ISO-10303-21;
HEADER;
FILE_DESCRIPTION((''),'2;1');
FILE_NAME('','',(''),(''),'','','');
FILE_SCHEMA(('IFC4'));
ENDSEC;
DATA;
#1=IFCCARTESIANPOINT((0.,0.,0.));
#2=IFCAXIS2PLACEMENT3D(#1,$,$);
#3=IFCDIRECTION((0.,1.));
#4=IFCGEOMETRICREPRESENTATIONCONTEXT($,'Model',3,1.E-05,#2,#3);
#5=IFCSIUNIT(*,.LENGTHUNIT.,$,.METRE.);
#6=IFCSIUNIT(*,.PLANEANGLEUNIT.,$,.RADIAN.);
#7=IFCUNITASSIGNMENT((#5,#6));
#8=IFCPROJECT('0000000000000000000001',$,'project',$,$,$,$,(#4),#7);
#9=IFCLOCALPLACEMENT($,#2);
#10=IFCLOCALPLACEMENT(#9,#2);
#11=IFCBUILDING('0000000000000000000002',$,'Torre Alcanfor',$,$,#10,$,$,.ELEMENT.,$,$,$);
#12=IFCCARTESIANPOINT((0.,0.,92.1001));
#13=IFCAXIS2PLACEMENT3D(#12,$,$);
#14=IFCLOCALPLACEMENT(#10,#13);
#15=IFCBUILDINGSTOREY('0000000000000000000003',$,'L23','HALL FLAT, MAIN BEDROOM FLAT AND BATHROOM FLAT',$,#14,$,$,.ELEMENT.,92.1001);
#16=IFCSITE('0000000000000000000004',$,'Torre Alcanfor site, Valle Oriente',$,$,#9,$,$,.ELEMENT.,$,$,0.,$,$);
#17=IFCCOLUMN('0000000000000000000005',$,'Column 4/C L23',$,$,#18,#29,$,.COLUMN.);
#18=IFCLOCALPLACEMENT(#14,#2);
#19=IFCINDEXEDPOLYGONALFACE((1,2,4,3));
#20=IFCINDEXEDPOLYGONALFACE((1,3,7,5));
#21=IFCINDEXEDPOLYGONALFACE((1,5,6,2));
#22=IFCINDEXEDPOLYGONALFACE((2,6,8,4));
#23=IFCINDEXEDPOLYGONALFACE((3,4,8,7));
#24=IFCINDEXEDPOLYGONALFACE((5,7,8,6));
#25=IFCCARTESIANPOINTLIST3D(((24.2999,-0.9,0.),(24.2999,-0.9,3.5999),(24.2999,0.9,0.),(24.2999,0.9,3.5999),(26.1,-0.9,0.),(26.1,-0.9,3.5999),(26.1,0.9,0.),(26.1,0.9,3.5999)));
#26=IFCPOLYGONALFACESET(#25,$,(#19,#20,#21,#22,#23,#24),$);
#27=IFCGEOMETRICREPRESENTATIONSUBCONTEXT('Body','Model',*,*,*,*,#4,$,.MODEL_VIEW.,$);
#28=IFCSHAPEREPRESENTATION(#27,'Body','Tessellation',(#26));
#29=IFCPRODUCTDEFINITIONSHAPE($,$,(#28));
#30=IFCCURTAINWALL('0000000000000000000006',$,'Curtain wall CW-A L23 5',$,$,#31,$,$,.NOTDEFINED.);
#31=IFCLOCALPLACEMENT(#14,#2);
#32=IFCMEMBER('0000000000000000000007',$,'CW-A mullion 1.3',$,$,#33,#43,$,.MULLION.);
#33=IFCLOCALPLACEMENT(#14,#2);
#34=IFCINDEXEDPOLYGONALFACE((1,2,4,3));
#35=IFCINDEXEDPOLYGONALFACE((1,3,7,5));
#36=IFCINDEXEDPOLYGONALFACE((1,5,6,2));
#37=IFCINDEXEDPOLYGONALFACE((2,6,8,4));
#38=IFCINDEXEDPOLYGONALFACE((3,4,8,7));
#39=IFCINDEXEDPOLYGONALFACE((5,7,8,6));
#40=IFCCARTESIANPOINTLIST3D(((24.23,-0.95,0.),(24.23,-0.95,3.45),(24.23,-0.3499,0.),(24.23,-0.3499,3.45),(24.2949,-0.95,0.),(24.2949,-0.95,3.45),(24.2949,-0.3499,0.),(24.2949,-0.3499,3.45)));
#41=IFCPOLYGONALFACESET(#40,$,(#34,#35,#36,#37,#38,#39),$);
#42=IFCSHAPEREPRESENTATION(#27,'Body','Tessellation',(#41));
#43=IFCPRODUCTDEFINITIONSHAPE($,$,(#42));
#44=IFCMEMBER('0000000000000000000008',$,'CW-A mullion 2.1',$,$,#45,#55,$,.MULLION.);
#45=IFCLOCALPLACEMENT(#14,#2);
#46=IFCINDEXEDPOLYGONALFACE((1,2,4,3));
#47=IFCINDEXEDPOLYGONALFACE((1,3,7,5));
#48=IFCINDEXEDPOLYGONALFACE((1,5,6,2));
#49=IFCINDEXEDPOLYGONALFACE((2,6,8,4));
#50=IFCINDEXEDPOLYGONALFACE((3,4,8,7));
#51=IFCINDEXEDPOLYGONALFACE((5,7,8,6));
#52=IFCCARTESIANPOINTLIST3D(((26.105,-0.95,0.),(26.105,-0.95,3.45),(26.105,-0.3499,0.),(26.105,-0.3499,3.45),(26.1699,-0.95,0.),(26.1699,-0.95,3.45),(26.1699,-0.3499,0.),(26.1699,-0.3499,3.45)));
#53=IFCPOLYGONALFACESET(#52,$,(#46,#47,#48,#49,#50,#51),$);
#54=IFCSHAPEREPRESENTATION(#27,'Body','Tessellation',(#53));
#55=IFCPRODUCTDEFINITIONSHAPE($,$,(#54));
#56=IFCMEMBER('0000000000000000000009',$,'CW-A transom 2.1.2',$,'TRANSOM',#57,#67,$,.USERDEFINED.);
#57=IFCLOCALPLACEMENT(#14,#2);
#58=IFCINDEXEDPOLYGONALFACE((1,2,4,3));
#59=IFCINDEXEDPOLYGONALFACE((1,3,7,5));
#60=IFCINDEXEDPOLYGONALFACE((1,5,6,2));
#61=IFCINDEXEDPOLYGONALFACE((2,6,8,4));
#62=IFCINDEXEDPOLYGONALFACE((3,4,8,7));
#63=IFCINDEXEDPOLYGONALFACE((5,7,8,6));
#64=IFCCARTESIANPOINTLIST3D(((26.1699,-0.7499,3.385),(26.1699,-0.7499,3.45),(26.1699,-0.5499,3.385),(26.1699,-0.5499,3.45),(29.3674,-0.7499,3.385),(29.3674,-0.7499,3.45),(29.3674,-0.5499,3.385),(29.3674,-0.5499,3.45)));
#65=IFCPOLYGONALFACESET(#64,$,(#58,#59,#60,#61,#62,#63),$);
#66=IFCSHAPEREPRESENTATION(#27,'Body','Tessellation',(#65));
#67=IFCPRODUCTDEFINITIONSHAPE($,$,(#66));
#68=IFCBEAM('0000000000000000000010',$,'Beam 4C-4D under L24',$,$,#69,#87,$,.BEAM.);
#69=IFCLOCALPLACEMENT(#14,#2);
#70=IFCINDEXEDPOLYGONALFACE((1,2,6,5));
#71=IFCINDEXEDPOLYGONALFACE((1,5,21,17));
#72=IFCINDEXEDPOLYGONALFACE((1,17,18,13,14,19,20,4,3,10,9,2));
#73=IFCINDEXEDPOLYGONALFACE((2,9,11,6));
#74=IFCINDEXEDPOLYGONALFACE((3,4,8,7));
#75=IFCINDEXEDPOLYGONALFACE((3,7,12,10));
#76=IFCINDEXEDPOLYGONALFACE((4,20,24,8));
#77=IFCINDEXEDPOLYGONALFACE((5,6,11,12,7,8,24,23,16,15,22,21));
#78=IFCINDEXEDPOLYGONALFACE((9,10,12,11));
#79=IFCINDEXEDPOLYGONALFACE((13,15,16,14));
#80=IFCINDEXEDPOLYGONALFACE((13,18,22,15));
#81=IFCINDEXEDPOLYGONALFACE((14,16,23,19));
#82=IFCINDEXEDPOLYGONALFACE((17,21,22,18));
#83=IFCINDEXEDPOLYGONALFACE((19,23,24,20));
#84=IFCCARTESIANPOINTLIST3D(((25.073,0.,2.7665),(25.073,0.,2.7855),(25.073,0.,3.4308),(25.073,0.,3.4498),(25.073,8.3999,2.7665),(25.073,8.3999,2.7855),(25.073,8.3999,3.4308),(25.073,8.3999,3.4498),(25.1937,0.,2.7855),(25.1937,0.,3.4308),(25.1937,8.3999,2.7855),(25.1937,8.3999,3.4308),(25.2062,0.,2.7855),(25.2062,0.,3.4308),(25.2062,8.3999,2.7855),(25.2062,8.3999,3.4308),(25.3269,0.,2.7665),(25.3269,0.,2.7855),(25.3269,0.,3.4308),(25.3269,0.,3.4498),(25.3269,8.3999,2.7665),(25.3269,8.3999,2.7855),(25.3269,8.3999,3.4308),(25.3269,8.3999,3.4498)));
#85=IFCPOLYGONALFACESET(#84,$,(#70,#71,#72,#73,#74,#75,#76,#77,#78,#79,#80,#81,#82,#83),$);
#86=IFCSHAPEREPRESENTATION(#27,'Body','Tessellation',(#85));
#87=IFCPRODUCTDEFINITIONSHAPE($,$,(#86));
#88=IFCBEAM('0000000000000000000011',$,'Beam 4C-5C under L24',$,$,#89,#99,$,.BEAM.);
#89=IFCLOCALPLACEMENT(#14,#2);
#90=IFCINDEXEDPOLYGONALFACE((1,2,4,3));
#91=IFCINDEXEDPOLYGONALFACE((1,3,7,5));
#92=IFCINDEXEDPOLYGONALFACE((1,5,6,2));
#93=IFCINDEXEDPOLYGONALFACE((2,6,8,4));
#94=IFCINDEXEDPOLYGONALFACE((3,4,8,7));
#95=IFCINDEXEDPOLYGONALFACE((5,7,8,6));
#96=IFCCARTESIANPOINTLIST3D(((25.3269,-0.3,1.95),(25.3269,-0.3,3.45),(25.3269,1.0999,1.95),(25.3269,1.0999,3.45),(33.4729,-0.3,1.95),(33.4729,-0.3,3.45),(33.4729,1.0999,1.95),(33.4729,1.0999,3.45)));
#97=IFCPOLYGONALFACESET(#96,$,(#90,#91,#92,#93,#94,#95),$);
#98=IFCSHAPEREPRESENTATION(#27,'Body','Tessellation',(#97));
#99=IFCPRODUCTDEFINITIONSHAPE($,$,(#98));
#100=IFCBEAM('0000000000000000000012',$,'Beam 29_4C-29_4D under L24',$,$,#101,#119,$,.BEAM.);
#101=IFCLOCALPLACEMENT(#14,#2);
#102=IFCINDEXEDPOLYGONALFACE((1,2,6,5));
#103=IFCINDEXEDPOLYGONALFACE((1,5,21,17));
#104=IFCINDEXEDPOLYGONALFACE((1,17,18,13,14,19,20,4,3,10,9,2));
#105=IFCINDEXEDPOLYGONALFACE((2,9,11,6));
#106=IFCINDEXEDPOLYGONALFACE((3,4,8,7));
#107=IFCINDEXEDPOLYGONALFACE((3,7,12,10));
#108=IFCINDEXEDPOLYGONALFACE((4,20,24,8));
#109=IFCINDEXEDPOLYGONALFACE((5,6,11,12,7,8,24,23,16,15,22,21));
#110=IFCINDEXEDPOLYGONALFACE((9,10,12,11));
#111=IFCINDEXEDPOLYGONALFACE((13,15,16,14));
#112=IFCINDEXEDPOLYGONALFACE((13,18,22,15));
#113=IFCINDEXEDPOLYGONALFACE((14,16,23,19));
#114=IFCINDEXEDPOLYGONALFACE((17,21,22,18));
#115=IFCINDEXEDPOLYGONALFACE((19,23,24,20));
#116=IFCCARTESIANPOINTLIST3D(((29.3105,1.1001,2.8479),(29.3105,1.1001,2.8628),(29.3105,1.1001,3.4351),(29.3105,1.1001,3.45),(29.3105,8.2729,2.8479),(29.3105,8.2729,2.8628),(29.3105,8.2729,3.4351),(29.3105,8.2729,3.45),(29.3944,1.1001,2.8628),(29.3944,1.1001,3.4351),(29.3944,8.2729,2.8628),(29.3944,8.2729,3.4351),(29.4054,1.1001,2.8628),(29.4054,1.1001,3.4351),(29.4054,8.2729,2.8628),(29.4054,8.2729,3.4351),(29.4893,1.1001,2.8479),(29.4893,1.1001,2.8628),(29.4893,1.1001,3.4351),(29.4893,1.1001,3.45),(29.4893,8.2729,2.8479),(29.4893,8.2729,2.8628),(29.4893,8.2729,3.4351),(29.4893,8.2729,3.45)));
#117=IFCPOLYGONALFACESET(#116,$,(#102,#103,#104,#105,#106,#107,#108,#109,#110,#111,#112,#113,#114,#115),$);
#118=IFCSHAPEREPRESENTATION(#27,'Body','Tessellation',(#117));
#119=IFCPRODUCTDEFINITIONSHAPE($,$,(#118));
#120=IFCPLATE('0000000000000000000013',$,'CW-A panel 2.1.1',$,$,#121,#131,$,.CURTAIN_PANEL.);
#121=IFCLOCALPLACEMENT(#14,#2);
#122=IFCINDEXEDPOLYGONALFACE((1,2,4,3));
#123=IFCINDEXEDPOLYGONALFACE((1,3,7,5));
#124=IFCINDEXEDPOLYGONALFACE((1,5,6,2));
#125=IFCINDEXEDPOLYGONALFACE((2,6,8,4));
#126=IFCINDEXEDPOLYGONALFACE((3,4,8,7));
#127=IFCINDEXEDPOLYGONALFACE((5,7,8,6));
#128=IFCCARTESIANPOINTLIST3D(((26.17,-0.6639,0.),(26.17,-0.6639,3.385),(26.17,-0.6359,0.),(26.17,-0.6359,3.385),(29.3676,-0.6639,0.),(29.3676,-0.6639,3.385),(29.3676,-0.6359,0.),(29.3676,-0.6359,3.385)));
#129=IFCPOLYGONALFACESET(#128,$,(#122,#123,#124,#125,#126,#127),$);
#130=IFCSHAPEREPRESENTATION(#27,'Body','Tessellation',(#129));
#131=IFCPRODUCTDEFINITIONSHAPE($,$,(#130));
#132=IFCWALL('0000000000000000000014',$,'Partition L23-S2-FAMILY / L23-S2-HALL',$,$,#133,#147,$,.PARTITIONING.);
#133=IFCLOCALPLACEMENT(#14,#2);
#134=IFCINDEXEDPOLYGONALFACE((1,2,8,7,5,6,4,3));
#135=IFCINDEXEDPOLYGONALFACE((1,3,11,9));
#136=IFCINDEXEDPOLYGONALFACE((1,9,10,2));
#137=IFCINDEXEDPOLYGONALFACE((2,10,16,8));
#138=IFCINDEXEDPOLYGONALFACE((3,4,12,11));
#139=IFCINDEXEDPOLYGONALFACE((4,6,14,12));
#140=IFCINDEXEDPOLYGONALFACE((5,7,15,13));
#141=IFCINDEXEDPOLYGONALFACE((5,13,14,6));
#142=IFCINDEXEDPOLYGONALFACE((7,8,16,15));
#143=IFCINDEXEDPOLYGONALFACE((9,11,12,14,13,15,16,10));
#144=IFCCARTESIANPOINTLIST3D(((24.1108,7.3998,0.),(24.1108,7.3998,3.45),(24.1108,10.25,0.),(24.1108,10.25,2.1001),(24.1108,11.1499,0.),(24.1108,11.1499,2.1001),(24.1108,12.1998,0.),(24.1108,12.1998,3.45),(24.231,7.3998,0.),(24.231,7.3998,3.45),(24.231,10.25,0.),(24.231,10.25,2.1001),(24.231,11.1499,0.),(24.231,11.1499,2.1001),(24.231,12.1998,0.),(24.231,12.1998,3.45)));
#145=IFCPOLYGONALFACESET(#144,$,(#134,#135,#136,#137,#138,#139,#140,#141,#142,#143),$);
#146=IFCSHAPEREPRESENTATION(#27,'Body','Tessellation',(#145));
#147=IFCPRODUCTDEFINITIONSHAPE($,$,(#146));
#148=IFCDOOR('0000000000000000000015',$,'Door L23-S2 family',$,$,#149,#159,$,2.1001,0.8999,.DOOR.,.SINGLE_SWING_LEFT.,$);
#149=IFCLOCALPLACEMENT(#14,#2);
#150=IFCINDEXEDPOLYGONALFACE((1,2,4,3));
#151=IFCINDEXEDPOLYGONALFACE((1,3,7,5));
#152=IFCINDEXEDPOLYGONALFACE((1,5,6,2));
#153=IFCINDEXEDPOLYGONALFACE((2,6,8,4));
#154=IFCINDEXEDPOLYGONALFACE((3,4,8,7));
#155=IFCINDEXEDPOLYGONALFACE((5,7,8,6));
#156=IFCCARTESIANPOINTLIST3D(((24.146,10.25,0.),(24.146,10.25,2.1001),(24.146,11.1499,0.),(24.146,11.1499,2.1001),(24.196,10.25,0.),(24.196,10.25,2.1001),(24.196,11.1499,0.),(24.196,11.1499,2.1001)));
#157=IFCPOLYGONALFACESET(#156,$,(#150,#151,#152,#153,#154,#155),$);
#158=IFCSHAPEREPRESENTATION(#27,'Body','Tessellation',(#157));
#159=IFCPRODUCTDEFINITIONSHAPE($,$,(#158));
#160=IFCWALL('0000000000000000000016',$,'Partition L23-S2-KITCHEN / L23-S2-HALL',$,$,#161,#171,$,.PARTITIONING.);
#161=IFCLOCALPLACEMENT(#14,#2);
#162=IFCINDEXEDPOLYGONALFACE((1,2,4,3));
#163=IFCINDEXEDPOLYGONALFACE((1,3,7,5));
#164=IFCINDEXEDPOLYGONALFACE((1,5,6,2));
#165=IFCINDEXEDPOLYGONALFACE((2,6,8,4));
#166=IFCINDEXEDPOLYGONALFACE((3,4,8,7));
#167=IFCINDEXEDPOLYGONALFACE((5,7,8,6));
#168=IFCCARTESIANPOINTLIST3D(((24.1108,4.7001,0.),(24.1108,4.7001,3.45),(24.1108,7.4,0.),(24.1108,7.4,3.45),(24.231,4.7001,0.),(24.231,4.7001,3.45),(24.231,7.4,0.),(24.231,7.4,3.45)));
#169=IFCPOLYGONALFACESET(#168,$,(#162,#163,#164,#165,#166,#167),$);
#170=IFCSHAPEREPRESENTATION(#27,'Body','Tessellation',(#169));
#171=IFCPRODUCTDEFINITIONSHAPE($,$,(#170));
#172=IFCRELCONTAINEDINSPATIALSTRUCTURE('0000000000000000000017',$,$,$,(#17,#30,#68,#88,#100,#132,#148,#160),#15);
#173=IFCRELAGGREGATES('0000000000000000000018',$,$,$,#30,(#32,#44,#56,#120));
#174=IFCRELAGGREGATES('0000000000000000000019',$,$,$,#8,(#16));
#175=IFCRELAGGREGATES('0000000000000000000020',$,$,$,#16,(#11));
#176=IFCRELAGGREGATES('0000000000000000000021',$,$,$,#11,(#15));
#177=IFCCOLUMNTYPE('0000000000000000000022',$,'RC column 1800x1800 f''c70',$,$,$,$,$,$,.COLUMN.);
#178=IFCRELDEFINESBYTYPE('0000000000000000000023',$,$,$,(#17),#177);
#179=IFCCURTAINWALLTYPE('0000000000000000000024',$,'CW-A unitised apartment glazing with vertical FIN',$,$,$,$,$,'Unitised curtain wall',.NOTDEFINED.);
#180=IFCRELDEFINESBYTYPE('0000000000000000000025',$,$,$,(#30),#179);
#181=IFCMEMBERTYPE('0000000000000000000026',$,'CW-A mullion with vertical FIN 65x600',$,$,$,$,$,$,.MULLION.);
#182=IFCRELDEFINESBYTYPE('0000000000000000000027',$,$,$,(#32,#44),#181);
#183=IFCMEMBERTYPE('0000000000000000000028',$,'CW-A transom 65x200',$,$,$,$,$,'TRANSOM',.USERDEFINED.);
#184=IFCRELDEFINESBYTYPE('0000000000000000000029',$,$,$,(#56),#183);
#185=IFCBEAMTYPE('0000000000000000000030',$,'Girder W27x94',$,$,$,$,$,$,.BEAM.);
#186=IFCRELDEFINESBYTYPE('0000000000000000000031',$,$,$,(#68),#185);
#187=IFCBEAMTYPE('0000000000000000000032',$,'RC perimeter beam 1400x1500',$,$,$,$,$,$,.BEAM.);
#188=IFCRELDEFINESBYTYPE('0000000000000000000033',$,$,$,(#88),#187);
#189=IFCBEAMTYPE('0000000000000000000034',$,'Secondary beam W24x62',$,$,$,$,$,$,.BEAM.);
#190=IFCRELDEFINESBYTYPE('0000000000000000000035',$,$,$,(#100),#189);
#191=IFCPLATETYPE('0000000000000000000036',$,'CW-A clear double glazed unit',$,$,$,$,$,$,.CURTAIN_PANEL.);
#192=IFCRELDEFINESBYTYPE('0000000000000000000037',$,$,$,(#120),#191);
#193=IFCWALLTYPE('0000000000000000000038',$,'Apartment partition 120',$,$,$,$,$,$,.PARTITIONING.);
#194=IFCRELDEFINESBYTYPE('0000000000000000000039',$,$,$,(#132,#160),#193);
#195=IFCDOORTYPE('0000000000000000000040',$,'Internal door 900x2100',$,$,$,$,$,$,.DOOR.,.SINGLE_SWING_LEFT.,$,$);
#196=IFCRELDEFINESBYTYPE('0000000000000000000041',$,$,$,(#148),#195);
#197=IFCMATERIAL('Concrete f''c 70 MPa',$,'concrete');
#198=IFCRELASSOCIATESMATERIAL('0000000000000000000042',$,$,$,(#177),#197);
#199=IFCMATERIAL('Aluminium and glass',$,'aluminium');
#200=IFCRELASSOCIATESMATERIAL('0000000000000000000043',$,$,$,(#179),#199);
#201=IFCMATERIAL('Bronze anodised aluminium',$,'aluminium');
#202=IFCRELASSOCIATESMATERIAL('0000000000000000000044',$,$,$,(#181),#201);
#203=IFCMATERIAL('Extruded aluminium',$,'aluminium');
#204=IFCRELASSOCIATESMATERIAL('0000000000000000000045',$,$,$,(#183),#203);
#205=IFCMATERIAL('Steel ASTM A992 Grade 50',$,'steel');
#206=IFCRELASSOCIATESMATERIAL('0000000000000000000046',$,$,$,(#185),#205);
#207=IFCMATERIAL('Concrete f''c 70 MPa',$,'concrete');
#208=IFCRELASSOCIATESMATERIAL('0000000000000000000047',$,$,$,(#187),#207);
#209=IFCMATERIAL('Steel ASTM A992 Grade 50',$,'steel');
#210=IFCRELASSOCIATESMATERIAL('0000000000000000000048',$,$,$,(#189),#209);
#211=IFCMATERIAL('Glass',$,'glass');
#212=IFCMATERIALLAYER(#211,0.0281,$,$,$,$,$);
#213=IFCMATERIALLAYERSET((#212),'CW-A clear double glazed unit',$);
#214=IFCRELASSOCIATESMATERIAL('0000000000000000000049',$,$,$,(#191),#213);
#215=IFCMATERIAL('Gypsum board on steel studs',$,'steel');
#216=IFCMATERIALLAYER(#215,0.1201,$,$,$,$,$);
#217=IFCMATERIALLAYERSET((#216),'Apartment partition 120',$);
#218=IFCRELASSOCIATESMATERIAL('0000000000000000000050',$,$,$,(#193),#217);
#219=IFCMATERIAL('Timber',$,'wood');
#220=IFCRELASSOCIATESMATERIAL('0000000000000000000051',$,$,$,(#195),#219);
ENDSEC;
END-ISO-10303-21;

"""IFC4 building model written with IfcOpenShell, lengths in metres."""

from ifc_helpers import new_model, si_unit, direction, frame, frame_2d, origin, origin_2d, place, context, subcontext, project, spatial, rectangle, i_section, extrude, material, layer, layer_set, material_profile, profile_set, type_object, element, fill, aggregate, save


model = new_model("IFC4")

# Units and contexts
model_context = context("Model", 3, precision=1e-05, world=origin(), true_north=direction((0.0, 1.0)))
body_context = subcontext(model_context, "Body", "Model", "MODEL_VIEW")
ifc_project = project(units=[si_unit("LENGTHUNIT", "METRE"), si_unit("PLANEANGLEUNIT", "RADIAN")], contexts=[model_context])

# Site, building, storey
site_placement = place(None, origin())
site = spatial("IfcSite", under=ifc_project, at=site_placement, Name="Torre Alcanfor site, Valle Oriente", CompositionType="ELEMENT", RefElevation=0.0)
building_placement = place(site_placement, origin())
building = spatial("IfcBuilding", under=site, at=building_placement, Name="Torre Alcanfor", CompositionType="ELEMENT")
storey_placement = place(building_placement, frame((0.0, 0.0, 92.1001)))
storey = spatial("IfcBuildingStorey", under=building, at=storey_placement, Name="L23", Description="HALL FLAT, MAIN BEDROOM FLAT AND BATHROOM FLAT", CompositionType="ELEMENT", Elevation=92.1001)

# Column
ifc_material_1 = material(Name="Concrete f'c 70 MPa", Category="concrete")
ifc_material_profile_1 = material_profile(ifc_material_1, rectangle(XDim=1.8, YDim=1.8, at=origin_2d()), Name="1800x1800")
ifc_profile_set_1 = profile_set([ifc_material_profile_1], Name="Concrete f'c 70 MPa")
column_type = type_object("IfcColumnType", Name="RC column 1800x1800 f'c70", PredefinedType="COLUMN", material=ifc_profile_set_1)
column_placement = place(storey_placement, frame((25.2, 0.0, 0.0), z_axis=(0.0, 0.0, 1.0), x_axis=(1.0, 0.0, 0.0)))
element("IfcColumn", 1, at=column_placement, inside=storey, type_object=column_type, Name="Column 4/C L23", PredefinedType="COLUMN", context=body_context, shape_type="SweptSolid", body=[
    extrude(rectangle(XDim=1.8, YDim=1.8, at=origin_2d()), origin(), (0.0, 0.0, 1.0), 3.5999),
])

# Curtain wall, members
ifc_material_2 = material(Name="Aluminium and glass", Category="aluminium")
curtain_wall_type = type_object("IfcCurtainWallType", Name="CW-A unitised apartment glazing with vertical FIN", ElementType="Unitised curtain wall", PredefinedType="NOTDEFINED", material=ifc_material_2)
curtain_wall_placement = place(storey_placement, origin())
curtain_wall = element("IfcCurtainWall", 2, at=curtain_wall_placement, inside=storey, type_object=curtain_wall_type, Name="Curtain wall CW-A L23 5", PredefinedType="NOTDEFINED")
ifc_material_3 = material(Name="Bronze anodised aluminium", Category="aluminium")
ifc_material_profile_2 = material_profile(ifc_material_3, rectangle(XDim=0.6001, YDim=0.0649, at=origin_2d()), Name="CW-A mullion 65x600")
ifc_profile_set_2 = profile_set([ifc_material_profile_2], Name="Bronze anodised aluminium")
member_type_1 = type_object("IfcMemberType", Name="CW-A mullion with vertical FIN 65x600", PredefinedType="MULLION", material=ifc_profile_set_2)
member_1_placement = place(storey_placement, frame((24.2625, -0.6499, 0.0), z_axis=(0.0, 0.0, 1.0), x_axis=(0.0, 1.0, 0.0)))
member_1 = element("IfcMember", 3, at=member_1_placement, type_object=member_type_1, Name="CW-A mullion 1.3", PredefinedType="MULLION", context=body_context, shape_type="SweptSolid", body=[
    extrude(rectangle(XDim=0.6001, YDim=0.0649, at=origin_2d()), origin(), (0.0, 0.0, 1.0), 3.45),
])
member_2_placement = place(storey_placement, frame((26.1375, -0.6499, 0.0), z_axis=(0.0, 0.0, 1.0), x_axis=(0.0, 1.0, 0.0)))
member_2 = element("IfcMember", 4, at=member_2_placement, type_object=member_type_1, Name="CW-A mullion 2.1", PredefinedType="MULLION", context=body_context, shape_type="SweptSolid", body=[
    extrude(rectangle(XDim=0.6001, YDim=0.0649, at=origin_2d()), origin(), (0.0, 0.0, 1.0), 3.45),
])
ifc_material_4 = material(Name="Extruded aluminium", Category="aluminium")
ifc_material_profile_3 = material_profile(ifc_material_4, rectangle(XDim=0.2, YDim=0.0649, at=origin_2d()), Name="CW-A transom 200x65")
ifc_profile_set_3 = profile_set([ifc_material_profile_3], Name="Extruded aluminium")
member_type_2 = type_object("IfcMemberType", Name="CW-A transom 65x200", ElementType="TRANSOM", PredefinedType="USERDEFINED", material=ifc_profile_set_3)
member_3_placement = place(storey_placement, frame((26.1699, -0.6499, 3.4175), z_axis=(1.0, 0.0, 0.0), x_axis=(0.0, 1.0, 0.0)))
member_3 = element("IfcMember", 5, at=member_3_placement, type_object=member_type_2, Name="CW-A transom 2.1.2", ObjectType="TRANSOM", PredefinedType="USERDEFINED", context=body_context, shape_type="SweptSolid", body=[
    extrude(rectangle(XDim=0.2, YDim=0.0649, at=origin_2d()), origin(), (0.0, 0.0, 1.0), 3.1975),
])

# Beams
ifc_material_5 = material(Name="Steel ASTM A992 Grade 50", Category="steel")
ifc_material_profile_4 = material_profile(ifc_material_5, i_section(OverallWidth=0.2539, OverallDepth=0.6833, WebThickness=0.0125, FlangeThickness=0.019, at=origin_2d()), Name="W27x94")
ifc_profile_set_4 = profile_set([ifc_material_profile_4], Name="Steel ASTM A992 Grade 50")
beam_type_1 = type_object("IfcBeamType", Name="Girder W27x94", PredefinedType="BEAM", material=ifc_profile_set_4)
beam_1_placement = place(storey_placement, frame((25.2, 0.0, 3.1082), z_axis=(0.0, 1.0, 0.0), x_axis=(-1.0, 0.0, 0.0)))
element("IfcBeam", 6, at=beam_1_placement, inside=storey, type_object=beam_type_1, Name="Beam 4C-4D under L24", PredefinedType="BEAM", context=body_context, shape_type="SweptSolid", body=[
    extrude(i_section(OverallWidth=0.2539, OverallDepth=0.6833, WebThickness=0.0125, FlangeThickness=0.019, at=origin_2d()), origin(), (0.0, 0.0, 1.0), 8.3999),
])
ifc_material_6 = material(Name="Concrete f'c 70 MPa", Category="concrete")
ifc_material_profile_5 = material_profile(ifc_material_6, rectangle(XDim=1.3999, YDim=1.5, at=origin_2d()), Name="1400x1500")
ifc_profile_set_5 = profile_set([ifc_material_profile_5], Name="Concrete f'c 70 MPa")
beam_type_2 = type_object("IfcBeamType", Name="RC perimeter beam 1400x1500", PredefinedType="BEAM", material=ifc_profile_set_5)
beam_2_placement = place(storey_placement, frame((25.3269, 0.3999, 2.7), z_axis=(1.0, 0.0, 0.0), x_axis=(0.0, 1.0, 0.0)))
element("IfcBeam", 7, at=beam_2_placement, inside=storey, type_object=beam_type_2, Name="Beam 4C-5C under L24", PredefinedType="BEAM", context=body_context, shape_type="SweptSolid", body=[
    extrude(rectangle(XDim=1.3999, YDim=1.5, at=origin_2d()), origin(), (0.0, 0.0, 1.0), 8.146),
])
ifc_material_7 = material(Name="Steel ASTM A992 Grade 50", Category="steel")
ifc_material_profile_6 = material_profile(ifc_material_7, i_section(OverallWidth=0.1787, OverallDepth=0.6021, WebThickness=0.011, FlangeThickness=0.0149, at=origin_2d()), Name="W24x62")
ifc_profile_set_6 = profile_set([ifc_material_profile_6], Name="Steel ASTM A992 Grade 50")
beam_type_3 = type_object("IfcBeamType", Name="Secondary beam W24x62", PredefinedType="BEAM", material=ifc_profile_set_6)
beam_3_placement = place(storey_placement, frame((29.3999, 1.1001, 3.1489), z_axis=(0.0, 1.0, 0.0), x_axis=(-1.0, 0.0, 0.0)))
element("IfcBeam", 8, at=beam_3_placement, inside=storey, type_object=beam_type_3, Name="Beam 29_4C-29_4D under L24", PredefinedType="BEAM", context=body_context, shape_type="SweptSolid", body=[
    extrude(i_section(OverallWidth=0.1787, OverallDepth=0.6021, WebThickness=0.011, FlangeThickness=0.0149, at=origin_2d()), origin(), (0.0, 0.0, 1.0), 7.1729),
])

# Plate
ifc_material_8 = material(Name="Glass", Category="glass")
ifc_layer_1 = layer(ifc_material_8, 0.0281)
ifc_layer_set_1 = layer_set([ifc_layer_1], Name="CW-A clear double glazed unit")
plate_type = type_object("IfcPlateType", Name="CW-A clear double glazed unit", PredefinedType="CURTAIN_PANEL", material=ifc_layer_set_1)
plate_placement = place(storey_placement, frame((27.7688, -0.6499, 0.0), z_axis=(0.0, 0.0, 1.0), x_axis=(1.0, 0.0, 0.0)))
plate = element("IfcPlate", 9, at=plate_placement, type_object=plate_type, Name="CW-A panel 2.1.1", PredefinedType="CURTAIN_PANEL", context=body_context, shape_type="SweptSolid", body=[
    extrude(rectangle(XDim=3.1975, YDim=0.0281, at=origin_2d()), origin(), (0.0, 0.0, 1.0), 3.385),
])
aggregate(curtain_wall, [member_1, member_2, member_3, plate])

# Wall, opening, door
ifc_material_9 = material(Name="Gypsum board on steel studs", Category="steel")
ifc_layer_2 = layer(ifc_material_9, 0.1201)
ifc_layer_set_2 = layer_set([ifc_layer_2], Name="Apartment partition 120")
wall_type = type_object("IfcWallType", Name="Apartment partition 120", PredefinedType="PARTITIONING", material=ifc_layer_set_2)
wall_1_placement = place(storey_placement, frame((24.1709, 7.3999, 0.0), z_axis=(0.0, 0.0, 1.0), x_axis=(0.0, 1.0, 0.0)))
wall_1 = element("IfcWall", 10, at=wall_1_placement, inside=storey, type_object=wall_type, Name="Partition L23-S2-FAMILY / L23-S2-HALL", PredefinedType="PARTITIONING", context=body_context, shape_type="SweptSolid", body=[
    extrude(rectangle(XDim=4.8, YDim=0.1201, at=frame_2d((2.3999, 0.0))), origin(), (0.0, 0.0, 1.0), 3.45),
])
opening_1_placement = place(wall_1_placement, frame((2.8501, 0.0, 0.0)))
opening_1 = element("IfcOpeningElement", 11, at=opening_1_placement, cuts=wall_1, PredefinedType="OPENING", context=body_context, shape_type="SweptSolid", body=[
    extrude(rectangle(XDim=0.8999, YDim=2.1001, at=frame_2d((0.45, 1.05))), frame((0.0, 0.0701, 0.0), z_axis=(0.0, -1.0, 0.0), x_axis=(1.0, 0.0, 0.0)), (0.0, 0.0, 1.0), 0.1401),
])
ifc_material_10 = material(Name="Timber", Category="wood")
door_type = type_object("IfcDoorType", Name="Internal door 900x2100", OperationType="SINGLE_SWING_LEFT", PredefinedType="DOOR", material=ifc_material_10)
door_1_placement = place(opening_1_placement, frame((0.8999, 0.0, 0.0), z_axis=(0.0, 0.0, 1.0), x_axis=(-1.0, 0.0, 0.0)))
door_1 = element("IfcDoor", 12, at=door_1_placement, inside=storey, type_object=door_type, Name="Door L23-S2 family", OperationType="SINGLE_SWING_LEFT", OverallHeight=2.1001, OverallWidth=0.8999, PredefinedType="DOOR", context=body_context, shape_type="SweptSolid", body=[
    extrude(rectangle(XDim=0.8999, YDim=2.1001, at=frame_2d((0.45, 1.05))), frame((0.0, 0.0251, 0.0), z_axis=(0.0, -1.0, 0.0), x_axis=(1.0, 0.0, 0.0)), (0.0, 0.0, 1.0), 0.05),
])
fill(opening_1, door_1)

# Wall
wall_2_placement = place(storey_placement, frame((24.1709, 4.7, 0.0), z_axis=(0.0, 0.0, 1.0), x_axis=(0.0, 1.0, 0.0)))
element("IfcWall", 13, at=wall_2_placement, inside=storey, type_object=wall_type, Name="Partition L23-S2-KITCHEN / L23-S2-HALL", PredefinedType="PARTITIONING", context=body_context, shape_type="SweptSolid", body=[
    extrude(rectangle(XDim=2.7, YDim=0.1201, at=frame_2d((1.3501, 0.0))), origin(), (0.0, 0.0, 1.0), 3.45),
])

save(model, "model.ifc")
